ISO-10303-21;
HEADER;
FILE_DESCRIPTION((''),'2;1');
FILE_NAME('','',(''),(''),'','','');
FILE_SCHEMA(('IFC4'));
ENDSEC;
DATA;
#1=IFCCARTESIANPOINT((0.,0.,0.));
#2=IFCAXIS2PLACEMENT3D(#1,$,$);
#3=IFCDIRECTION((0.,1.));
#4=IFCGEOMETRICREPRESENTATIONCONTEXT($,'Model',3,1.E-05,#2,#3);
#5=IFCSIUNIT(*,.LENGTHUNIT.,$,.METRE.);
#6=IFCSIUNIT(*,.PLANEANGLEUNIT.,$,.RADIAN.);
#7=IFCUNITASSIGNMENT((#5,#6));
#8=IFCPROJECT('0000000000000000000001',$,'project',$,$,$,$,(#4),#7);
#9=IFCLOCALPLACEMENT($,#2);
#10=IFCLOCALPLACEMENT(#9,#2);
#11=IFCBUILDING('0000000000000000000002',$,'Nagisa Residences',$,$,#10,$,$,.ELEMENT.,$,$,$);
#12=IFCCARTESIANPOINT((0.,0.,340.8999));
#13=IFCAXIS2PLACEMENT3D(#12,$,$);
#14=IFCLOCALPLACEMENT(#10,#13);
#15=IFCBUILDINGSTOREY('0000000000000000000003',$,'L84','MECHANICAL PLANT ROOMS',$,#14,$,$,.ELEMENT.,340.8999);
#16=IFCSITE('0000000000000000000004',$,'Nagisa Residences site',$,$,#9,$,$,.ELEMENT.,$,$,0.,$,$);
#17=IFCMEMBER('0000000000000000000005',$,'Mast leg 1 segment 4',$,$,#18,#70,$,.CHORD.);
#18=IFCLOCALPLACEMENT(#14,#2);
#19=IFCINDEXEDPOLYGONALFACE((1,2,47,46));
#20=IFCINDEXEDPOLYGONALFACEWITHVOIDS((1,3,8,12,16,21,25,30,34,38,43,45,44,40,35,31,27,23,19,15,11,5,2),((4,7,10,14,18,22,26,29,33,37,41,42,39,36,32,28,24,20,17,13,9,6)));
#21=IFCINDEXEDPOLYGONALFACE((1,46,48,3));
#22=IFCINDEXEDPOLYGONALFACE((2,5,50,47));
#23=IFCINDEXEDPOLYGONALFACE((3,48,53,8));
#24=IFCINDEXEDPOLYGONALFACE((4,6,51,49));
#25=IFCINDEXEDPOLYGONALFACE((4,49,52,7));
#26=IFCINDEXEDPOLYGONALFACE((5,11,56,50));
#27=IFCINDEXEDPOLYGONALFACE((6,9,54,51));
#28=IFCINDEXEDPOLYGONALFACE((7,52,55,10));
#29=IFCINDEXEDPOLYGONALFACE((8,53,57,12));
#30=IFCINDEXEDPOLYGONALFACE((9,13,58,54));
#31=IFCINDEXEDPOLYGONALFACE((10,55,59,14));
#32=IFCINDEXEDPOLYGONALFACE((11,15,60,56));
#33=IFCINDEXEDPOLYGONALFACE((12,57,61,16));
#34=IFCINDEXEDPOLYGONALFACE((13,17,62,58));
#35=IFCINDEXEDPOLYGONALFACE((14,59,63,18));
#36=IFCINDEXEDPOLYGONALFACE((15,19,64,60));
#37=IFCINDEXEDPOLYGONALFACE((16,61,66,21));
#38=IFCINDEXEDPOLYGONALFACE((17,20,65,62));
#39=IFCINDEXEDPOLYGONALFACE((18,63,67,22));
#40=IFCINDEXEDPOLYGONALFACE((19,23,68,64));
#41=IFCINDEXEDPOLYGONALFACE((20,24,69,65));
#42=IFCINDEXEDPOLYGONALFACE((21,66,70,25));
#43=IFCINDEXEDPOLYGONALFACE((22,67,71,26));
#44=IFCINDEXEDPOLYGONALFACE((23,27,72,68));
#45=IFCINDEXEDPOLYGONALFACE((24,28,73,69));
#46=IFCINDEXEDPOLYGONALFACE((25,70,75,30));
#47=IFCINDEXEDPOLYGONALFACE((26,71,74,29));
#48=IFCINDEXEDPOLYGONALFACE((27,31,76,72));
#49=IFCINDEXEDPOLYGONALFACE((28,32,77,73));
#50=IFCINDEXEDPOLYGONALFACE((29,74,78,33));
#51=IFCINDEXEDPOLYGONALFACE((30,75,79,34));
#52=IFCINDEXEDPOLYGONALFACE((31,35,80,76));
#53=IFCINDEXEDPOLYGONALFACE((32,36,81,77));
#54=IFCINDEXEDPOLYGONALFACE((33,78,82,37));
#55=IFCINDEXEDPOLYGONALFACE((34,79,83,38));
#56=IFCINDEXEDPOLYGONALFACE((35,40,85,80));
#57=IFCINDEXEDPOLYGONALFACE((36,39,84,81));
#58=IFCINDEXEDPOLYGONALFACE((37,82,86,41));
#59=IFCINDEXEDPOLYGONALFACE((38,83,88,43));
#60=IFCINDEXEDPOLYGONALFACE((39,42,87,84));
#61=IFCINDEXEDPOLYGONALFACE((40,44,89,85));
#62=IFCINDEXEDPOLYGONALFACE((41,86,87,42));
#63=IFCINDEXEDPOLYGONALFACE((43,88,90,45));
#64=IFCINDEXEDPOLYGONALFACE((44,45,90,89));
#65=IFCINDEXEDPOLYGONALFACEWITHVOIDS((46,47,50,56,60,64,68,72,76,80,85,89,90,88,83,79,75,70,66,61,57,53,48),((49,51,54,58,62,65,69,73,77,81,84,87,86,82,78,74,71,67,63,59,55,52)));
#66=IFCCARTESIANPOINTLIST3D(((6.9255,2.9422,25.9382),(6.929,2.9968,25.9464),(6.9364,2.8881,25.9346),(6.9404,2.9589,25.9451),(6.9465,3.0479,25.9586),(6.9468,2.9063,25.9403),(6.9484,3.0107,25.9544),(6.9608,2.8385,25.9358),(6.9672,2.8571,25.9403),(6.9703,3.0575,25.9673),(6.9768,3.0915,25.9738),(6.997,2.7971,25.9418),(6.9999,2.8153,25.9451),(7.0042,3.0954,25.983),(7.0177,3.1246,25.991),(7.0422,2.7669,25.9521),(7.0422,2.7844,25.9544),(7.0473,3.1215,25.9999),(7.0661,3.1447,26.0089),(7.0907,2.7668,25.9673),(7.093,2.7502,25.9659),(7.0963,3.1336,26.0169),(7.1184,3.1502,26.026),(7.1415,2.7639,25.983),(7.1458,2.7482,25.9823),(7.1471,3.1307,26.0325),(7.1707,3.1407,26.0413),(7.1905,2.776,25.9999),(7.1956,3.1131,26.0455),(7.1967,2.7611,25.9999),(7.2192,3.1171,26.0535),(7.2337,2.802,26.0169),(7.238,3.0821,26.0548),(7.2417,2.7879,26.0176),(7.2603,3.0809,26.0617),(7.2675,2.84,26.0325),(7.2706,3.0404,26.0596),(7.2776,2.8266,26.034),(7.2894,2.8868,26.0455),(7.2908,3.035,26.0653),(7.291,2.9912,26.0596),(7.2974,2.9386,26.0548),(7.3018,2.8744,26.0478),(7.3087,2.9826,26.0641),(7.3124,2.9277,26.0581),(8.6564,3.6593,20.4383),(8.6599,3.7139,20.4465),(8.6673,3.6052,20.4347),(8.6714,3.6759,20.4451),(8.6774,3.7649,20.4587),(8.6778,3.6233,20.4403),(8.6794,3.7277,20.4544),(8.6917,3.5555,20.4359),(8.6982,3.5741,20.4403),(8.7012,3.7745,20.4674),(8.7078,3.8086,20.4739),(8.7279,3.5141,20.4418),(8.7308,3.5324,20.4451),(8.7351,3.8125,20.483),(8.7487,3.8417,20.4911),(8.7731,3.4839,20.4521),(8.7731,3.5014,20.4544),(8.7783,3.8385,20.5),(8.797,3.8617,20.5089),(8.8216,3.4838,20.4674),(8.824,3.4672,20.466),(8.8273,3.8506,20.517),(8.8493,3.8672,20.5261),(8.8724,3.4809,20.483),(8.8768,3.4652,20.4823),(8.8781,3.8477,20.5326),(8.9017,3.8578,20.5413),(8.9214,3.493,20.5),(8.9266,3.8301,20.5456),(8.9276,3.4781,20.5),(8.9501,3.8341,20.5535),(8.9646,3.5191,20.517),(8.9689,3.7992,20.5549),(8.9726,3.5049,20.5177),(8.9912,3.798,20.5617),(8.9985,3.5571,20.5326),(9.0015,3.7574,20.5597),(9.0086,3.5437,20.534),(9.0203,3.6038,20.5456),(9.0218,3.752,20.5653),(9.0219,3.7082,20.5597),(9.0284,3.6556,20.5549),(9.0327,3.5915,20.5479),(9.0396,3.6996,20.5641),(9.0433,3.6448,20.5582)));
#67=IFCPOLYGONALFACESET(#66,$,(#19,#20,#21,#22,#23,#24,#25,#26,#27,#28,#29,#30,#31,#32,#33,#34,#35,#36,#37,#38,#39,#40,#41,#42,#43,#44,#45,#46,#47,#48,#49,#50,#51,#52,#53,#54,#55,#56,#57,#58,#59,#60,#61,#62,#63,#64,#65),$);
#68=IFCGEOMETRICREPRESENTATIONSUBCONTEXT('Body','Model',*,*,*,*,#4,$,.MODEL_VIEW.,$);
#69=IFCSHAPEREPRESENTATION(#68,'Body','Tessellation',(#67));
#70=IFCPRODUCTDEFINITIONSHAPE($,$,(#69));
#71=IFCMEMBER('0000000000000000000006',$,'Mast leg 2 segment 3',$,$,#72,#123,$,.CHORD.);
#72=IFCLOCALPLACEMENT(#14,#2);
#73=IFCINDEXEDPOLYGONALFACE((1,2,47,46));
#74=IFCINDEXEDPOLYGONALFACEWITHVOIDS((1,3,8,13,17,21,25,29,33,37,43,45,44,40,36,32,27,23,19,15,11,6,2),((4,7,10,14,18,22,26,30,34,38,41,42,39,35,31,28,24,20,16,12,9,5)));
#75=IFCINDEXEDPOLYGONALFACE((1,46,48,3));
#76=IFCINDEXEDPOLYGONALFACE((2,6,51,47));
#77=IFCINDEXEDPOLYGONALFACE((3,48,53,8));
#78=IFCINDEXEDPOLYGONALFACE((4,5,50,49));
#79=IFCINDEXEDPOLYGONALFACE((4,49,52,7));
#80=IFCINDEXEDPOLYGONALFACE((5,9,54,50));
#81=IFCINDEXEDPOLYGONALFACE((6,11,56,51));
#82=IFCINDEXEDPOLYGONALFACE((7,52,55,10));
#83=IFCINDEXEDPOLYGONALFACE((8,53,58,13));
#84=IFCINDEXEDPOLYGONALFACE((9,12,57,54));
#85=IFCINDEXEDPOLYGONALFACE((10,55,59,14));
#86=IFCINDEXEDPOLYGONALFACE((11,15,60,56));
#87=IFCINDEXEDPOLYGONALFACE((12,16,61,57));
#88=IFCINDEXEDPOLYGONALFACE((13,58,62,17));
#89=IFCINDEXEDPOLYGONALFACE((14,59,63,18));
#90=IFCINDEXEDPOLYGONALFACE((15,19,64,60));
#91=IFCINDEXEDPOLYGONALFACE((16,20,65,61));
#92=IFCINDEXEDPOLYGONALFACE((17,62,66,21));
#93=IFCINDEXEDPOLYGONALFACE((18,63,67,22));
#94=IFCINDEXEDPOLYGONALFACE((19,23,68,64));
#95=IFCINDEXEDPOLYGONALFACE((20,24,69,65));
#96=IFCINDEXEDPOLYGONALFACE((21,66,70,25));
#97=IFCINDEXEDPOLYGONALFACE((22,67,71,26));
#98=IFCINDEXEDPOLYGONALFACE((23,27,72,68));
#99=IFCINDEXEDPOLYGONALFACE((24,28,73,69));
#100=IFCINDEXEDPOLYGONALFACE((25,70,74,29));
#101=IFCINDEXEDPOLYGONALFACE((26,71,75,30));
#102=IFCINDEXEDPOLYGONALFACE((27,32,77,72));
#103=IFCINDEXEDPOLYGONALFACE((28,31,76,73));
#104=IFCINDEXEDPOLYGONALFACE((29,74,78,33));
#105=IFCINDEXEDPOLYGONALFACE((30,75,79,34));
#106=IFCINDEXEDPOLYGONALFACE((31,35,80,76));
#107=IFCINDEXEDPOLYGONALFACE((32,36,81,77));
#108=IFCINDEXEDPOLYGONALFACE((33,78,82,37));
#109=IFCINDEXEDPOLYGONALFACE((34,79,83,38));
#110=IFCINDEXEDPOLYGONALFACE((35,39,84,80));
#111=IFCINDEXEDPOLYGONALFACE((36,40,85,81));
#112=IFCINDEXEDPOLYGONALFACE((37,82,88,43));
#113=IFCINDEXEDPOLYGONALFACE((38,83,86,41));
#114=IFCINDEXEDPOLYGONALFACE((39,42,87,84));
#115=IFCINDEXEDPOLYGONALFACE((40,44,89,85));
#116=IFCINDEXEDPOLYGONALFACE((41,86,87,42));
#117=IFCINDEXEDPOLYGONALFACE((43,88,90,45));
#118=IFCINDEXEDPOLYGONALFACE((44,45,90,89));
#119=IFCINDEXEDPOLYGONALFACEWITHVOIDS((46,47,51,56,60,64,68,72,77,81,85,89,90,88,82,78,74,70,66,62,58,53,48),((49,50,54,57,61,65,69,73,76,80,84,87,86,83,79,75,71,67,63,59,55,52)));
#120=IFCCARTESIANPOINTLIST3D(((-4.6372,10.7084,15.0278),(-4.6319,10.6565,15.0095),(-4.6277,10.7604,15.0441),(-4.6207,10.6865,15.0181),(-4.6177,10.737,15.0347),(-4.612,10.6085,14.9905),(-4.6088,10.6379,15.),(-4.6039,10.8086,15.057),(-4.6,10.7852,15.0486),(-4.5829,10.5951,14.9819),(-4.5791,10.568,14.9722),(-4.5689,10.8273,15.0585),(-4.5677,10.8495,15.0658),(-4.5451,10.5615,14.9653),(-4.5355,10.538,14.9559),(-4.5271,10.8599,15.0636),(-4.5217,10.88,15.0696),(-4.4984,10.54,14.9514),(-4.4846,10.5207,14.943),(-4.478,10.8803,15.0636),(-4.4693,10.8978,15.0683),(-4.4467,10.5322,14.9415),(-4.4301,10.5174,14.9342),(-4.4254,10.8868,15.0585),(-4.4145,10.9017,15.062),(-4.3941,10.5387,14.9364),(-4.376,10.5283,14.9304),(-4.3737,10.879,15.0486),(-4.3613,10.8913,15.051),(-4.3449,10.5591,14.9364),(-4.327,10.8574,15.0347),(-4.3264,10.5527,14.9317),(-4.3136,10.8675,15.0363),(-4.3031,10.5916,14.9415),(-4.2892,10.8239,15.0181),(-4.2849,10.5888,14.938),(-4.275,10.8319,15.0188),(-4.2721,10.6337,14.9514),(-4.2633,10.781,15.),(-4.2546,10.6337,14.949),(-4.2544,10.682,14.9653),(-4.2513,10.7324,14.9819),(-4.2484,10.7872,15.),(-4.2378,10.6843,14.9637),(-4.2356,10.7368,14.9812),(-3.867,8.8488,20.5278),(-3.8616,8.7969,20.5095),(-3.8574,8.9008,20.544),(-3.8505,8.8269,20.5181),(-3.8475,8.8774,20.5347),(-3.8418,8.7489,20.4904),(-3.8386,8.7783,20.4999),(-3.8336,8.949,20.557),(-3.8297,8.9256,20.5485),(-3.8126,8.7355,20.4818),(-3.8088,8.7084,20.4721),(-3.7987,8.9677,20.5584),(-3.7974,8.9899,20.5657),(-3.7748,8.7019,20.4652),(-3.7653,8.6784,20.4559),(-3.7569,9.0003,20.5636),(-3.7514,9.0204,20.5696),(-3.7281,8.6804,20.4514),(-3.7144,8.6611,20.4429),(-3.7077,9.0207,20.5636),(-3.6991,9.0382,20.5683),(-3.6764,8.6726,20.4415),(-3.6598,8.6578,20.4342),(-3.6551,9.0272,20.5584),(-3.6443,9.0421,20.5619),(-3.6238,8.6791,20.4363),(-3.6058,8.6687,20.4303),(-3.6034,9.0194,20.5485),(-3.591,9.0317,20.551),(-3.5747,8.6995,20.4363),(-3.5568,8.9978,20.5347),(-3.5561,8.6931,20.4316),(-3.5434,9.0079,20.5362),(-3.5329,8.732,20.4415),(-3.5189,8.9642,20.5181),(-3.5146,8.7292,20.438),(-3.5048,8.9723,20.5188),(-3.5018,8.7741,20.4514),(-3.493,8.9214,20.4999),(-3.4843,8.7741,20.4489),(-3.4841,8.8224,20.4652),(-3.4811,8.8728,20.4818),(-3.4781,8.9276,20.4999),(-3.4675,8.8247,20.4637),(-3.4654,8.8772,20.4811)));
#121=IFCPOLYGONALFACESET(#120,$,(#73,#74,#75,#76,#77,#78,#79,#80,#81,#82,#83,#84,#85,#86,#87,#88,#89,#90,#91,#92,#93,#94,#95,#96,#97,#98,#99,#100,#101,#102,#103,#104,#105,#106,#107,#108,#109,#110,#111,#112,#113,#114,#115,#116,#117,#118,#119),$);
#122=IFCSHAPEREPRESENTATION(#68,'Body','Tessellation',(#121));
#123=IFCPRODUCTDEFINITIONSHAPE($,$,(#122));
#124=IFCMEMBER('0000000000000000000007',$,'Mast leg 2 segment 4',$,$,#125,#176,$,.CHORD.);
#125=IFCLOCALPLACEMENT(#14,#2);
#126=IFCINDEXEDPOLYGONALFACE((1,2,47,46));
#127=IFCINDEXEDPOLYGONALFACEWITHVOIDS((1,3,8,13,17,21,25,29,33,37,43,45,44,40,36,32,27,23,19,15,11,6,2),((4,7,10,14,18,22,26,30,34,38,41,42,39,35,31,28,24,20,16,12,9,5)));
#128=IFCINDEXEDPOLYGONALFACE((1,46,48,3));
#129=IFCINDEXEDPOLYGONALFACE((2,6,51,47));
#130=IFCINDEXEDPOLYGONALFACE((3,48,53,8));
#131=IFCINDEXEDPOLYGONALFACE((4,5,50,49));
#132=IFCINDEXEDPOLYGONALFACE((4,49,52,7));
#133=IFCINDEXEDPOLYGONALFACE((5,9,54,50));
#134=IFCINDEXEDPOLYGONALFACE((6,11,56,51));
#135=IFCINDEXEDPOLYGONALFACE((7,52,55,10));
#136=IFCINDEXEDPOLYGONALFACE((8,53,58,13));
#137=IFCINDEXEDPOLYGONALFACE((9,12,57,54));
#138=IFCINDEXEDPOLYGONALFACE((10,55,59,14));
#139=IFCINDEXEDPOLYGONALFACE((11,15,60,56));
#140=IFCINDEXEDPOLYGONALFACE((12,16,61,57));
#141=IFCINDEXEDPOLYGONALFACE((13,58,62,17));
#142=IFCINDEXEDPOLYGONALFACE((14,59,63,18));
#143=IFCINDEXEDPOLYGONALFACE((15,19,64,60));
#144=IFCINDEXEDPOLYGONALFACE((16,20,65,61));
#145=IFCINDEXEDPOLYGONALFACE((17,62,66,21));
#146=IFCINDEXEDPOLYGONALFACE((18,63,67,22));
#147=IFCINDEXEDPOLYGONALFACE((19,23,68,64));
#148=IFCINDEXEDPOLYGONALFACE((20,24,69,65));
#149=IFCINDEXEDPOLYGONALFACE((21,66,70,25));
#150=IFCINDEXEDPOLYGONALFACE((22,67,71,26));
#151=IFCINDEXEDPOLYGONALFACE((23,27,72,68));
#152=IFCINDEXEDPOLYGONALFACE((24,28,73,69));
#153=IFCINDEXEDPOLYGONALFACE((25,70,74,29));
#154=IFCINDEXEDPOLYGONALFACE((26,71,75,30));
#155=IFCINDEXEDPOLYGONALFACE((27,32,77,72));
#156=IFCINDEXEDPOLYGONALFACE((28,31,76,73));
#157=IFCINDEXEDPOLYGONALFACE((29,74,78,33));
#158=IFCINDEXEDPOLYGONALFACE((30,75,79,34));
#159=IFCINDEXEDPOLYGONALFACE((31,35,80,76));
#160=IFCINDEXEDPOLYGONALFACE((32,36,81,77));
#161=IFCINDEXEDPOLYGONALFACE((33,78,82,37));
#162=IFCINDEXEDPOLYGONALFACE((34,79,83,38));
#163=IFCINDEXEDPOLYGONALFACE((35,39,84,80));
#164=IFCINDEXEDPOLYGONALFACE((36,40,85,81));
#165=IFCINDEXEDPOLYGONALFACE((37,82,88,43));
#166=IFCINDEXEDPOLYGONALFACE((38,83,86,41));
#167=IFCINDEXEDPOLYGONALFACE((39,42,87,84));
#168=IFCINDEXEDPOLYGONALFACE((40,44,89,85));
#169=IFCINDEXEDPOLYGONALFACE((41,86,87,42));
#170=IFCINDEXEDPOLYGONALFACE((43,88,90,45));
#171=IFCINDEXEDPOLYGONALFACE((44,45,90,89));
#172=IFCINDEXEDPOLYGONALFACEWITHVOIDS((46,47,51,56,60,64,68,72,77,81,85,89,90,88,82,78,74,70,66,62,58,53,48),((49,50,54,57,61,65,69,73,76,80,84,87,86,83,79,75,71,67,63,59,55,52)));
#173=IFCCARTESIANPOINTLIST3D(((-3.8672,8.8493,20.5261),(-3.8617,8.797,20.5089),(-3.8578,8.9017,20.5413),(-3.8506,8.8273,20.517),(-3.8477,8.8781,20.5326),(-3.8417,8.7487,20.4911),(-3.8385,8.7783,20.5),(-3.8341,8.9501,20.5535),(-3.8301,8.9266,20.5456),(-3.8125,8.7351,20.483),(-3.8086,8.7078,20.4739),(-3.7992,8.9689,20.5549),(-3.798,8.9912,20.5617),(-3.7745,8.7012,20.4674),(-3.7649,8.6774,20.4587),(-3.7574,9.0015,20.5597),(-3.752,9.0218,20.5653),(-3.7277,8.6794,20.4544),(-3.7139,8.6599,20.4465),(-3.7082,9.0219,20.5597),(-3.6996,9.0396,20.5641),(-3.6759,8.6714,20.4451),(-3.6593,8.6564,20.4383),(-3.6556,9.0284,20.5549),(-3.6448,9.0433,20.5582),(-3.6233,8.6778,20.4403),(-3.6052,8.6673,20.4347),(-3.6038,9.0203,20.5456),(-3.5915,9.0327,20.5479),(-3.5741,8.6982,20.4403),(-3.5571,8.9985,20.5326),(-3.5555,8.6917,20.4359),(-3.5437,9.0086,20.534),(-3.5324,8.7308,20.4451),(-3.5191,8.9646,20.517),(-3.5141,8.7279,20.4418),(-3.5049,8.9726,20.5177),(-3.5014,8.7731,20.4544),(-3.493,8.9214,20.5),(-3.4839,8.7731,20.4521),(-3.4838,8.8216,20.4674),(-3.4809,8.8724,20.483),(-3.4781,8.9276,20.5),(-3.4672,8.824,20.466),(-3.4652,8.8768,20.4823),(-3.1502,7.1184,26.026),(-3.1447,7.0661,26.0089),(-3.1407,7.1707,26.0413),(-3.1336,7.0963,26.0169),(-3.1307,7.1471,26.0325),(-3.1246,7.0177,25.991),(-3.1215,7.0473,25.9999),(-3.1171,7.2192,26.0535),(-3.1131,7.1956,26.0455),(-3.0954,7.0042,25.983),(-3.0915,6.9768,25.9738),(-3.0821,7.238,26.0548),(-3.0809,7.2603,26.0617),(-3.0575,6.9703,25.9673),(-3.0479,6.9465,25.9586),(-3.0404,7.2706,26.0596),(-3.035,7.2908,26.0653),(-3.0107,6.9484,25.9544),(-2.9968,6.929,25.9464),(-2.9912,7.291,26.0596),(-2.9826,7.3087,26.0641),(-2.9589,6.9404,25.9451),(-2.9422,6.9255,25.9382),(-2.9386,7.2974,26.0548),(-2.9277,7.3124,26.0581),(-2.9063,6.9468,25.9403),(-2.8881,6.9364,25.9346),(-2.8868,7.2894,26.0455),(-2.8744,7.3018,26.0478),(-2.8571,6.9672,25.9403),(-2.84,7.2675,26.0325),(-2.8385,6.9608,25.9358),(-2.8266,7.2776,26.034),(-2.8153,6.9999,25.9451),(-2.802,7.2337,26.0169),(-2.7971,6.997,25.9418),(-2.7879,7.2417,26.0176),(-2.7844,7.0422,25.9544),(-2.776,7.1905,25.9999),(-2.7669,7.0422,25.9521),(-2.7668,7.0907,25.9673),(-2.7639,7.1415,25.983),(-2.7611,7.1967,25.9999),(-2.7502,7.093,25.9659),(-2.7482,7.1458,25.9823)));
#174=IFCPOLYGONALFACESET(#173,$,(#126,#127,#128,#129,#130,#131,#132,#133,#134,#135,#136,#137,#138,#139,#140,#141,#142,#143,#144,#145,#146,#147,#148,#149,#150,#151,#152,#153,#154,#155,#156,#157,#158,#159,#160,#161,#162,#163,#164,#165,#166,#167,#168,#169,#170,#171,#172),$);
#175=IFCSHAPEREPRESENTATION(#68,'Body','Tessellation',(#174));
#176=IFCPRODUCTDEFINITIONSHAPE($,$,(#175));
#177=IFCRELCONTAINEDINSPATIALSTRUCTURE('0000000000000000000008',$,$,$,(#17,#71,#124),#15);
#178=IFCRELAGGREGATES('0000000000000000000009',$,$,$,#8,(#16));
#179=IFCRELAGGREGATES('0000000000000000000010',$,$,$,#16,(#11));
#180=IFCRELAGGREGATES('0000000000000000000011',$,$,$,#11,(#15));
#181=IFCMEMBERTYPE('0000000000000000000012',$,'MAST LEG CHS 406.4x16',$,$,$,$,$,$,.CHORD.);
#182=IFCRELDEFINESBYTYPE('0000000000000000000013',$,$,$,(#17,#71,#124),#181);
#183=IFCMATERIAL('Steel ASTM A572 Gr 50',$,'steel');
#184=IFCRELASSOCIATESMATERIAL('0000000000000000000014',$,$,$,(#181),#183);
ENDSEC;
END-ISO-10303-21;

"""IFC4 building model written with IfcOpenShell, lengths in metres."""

from ifc_helpers import new_model, si_unit, direction, frame, origin, origin_2d, place, context, subcontext, project, spatial, hollow_circle, extrude, material, material_profile, profile_set, type_object, element, save


model = new_model("IFC4")

# Units and contexts
model_context = context("Model", 3, precision=1e-05, world=origin(), true_north=direction((0.0, 1.0)))
body_context = subcontext(model_context, "Body", "Model", "MODEL_VIEW")
ifc_project = project(units=[si_unit("LENGTHUNIT", "METRE"), si_unit("PLANEANGLEUNIT", "RADIAN")], contexts=[model_context])

# Site, building, storey
site_placement = place(None, origin())
site = spatial("IfcSite", under=ifc_project, at=site_placement, Name="Nagisa Residences site", CompositionType="ELEMENT", RefElevation=0.0)
building_placement = place(site_placement, origin())
building = spatial("IfcBuilding", under=site, at=building_placement, Name="Nagisa Residences", CompositionType="ELEMENT")
storey_placement = place(building_placement, frame((0.0, 0.0, 340.8999)))
storey = spatial("IfcBuildingStorey", under=building, at=storey_placement, Name="L84", Description="MECHANICAL PLANT ROOMS", CompositionType="ELEMENT", Elevation=340.8999)

# Members
ifc_material_1 = material(Name="Steel ASTM A572 Gr 50", Category="steel")
ifc_material_profile_1 = material_profile(ifc_material_1, hollow_circle(Radius=0.2031, WallThickness=0.0161, at=origin_2d()), Name="MAST LEG CHS 406.4x16")
ifc_profile_set_1 = profile_set([ifc_material_profile_1], Name="Steel ASTM A572 Gr 50")
member_type_1 = type_object("IfcMemberType", Name="MAST LEG CHS 406.4x16", PredefinedType="CHORD", material=ifc_profile_set_1)
member_1_placement = place(storey_placement, frame((8.8499, 3.6658, 20.5), z_axis=(-0.297908, -0.123407, 0.946584), x_axis=(0.382709, -0.923869, 0.0)))
element("IfcMember", 1, at=member_1_placement, inside=storey, type_object=member_type_1, Name="Mast leg 1 segment 4", PredefinedType="CHORD", context=body_context, shape_type="SweptSolid", body=[
    extrude(hollow_circle(Radius=0.2031, WallThickness=0.0161, at=origin_2d()), origin(), (0.0, 0.0, 1.0), 5.8103),
])
member_2_placement = place(storey_placement, frame((-4.436, 10.7095, 15.0), z_axis=(0.131517, -0.317517, 0.939088), x_axis=(0.923882, 0.382677, 0.0)))
element("IfcMember", 2, at=member_2_placement, inside=storey, type_object=member_type_1, Name="Mast leg 2 segment 3", PredefinedType="CHORD", context=body_context, shape_type="SweptSolid", body=[
    extrude(hollow_circle(Radius=0.2031, WallThickness=0.0161, at=origin_2d()), origin(), (0.0, 0.0, 1.0), 5.8567),
])
member_3_placement = place(storey_placement, frame((-3.6658, 8.8499, 20.5), z_axis=(0.123407, -0.297908, 0.946584), x_axis=(0.923869, 0.382709, 0.0)))
element("IfcMember", 3, at=member_3_placement, inside=storey, type_object=member_type_1, Name="Mast leg 2 segment 4", PredefinedType="CHORD", context=body_context, shape_type="SweptSolid", body=[
    extrude(hollow_circle(Radius=0.2031, WallThickness=0.0161, at=origin_2d()), origin(), (0.0, 0.0, 1.0), 5.8103),
])

save(model, "model.ifc")
